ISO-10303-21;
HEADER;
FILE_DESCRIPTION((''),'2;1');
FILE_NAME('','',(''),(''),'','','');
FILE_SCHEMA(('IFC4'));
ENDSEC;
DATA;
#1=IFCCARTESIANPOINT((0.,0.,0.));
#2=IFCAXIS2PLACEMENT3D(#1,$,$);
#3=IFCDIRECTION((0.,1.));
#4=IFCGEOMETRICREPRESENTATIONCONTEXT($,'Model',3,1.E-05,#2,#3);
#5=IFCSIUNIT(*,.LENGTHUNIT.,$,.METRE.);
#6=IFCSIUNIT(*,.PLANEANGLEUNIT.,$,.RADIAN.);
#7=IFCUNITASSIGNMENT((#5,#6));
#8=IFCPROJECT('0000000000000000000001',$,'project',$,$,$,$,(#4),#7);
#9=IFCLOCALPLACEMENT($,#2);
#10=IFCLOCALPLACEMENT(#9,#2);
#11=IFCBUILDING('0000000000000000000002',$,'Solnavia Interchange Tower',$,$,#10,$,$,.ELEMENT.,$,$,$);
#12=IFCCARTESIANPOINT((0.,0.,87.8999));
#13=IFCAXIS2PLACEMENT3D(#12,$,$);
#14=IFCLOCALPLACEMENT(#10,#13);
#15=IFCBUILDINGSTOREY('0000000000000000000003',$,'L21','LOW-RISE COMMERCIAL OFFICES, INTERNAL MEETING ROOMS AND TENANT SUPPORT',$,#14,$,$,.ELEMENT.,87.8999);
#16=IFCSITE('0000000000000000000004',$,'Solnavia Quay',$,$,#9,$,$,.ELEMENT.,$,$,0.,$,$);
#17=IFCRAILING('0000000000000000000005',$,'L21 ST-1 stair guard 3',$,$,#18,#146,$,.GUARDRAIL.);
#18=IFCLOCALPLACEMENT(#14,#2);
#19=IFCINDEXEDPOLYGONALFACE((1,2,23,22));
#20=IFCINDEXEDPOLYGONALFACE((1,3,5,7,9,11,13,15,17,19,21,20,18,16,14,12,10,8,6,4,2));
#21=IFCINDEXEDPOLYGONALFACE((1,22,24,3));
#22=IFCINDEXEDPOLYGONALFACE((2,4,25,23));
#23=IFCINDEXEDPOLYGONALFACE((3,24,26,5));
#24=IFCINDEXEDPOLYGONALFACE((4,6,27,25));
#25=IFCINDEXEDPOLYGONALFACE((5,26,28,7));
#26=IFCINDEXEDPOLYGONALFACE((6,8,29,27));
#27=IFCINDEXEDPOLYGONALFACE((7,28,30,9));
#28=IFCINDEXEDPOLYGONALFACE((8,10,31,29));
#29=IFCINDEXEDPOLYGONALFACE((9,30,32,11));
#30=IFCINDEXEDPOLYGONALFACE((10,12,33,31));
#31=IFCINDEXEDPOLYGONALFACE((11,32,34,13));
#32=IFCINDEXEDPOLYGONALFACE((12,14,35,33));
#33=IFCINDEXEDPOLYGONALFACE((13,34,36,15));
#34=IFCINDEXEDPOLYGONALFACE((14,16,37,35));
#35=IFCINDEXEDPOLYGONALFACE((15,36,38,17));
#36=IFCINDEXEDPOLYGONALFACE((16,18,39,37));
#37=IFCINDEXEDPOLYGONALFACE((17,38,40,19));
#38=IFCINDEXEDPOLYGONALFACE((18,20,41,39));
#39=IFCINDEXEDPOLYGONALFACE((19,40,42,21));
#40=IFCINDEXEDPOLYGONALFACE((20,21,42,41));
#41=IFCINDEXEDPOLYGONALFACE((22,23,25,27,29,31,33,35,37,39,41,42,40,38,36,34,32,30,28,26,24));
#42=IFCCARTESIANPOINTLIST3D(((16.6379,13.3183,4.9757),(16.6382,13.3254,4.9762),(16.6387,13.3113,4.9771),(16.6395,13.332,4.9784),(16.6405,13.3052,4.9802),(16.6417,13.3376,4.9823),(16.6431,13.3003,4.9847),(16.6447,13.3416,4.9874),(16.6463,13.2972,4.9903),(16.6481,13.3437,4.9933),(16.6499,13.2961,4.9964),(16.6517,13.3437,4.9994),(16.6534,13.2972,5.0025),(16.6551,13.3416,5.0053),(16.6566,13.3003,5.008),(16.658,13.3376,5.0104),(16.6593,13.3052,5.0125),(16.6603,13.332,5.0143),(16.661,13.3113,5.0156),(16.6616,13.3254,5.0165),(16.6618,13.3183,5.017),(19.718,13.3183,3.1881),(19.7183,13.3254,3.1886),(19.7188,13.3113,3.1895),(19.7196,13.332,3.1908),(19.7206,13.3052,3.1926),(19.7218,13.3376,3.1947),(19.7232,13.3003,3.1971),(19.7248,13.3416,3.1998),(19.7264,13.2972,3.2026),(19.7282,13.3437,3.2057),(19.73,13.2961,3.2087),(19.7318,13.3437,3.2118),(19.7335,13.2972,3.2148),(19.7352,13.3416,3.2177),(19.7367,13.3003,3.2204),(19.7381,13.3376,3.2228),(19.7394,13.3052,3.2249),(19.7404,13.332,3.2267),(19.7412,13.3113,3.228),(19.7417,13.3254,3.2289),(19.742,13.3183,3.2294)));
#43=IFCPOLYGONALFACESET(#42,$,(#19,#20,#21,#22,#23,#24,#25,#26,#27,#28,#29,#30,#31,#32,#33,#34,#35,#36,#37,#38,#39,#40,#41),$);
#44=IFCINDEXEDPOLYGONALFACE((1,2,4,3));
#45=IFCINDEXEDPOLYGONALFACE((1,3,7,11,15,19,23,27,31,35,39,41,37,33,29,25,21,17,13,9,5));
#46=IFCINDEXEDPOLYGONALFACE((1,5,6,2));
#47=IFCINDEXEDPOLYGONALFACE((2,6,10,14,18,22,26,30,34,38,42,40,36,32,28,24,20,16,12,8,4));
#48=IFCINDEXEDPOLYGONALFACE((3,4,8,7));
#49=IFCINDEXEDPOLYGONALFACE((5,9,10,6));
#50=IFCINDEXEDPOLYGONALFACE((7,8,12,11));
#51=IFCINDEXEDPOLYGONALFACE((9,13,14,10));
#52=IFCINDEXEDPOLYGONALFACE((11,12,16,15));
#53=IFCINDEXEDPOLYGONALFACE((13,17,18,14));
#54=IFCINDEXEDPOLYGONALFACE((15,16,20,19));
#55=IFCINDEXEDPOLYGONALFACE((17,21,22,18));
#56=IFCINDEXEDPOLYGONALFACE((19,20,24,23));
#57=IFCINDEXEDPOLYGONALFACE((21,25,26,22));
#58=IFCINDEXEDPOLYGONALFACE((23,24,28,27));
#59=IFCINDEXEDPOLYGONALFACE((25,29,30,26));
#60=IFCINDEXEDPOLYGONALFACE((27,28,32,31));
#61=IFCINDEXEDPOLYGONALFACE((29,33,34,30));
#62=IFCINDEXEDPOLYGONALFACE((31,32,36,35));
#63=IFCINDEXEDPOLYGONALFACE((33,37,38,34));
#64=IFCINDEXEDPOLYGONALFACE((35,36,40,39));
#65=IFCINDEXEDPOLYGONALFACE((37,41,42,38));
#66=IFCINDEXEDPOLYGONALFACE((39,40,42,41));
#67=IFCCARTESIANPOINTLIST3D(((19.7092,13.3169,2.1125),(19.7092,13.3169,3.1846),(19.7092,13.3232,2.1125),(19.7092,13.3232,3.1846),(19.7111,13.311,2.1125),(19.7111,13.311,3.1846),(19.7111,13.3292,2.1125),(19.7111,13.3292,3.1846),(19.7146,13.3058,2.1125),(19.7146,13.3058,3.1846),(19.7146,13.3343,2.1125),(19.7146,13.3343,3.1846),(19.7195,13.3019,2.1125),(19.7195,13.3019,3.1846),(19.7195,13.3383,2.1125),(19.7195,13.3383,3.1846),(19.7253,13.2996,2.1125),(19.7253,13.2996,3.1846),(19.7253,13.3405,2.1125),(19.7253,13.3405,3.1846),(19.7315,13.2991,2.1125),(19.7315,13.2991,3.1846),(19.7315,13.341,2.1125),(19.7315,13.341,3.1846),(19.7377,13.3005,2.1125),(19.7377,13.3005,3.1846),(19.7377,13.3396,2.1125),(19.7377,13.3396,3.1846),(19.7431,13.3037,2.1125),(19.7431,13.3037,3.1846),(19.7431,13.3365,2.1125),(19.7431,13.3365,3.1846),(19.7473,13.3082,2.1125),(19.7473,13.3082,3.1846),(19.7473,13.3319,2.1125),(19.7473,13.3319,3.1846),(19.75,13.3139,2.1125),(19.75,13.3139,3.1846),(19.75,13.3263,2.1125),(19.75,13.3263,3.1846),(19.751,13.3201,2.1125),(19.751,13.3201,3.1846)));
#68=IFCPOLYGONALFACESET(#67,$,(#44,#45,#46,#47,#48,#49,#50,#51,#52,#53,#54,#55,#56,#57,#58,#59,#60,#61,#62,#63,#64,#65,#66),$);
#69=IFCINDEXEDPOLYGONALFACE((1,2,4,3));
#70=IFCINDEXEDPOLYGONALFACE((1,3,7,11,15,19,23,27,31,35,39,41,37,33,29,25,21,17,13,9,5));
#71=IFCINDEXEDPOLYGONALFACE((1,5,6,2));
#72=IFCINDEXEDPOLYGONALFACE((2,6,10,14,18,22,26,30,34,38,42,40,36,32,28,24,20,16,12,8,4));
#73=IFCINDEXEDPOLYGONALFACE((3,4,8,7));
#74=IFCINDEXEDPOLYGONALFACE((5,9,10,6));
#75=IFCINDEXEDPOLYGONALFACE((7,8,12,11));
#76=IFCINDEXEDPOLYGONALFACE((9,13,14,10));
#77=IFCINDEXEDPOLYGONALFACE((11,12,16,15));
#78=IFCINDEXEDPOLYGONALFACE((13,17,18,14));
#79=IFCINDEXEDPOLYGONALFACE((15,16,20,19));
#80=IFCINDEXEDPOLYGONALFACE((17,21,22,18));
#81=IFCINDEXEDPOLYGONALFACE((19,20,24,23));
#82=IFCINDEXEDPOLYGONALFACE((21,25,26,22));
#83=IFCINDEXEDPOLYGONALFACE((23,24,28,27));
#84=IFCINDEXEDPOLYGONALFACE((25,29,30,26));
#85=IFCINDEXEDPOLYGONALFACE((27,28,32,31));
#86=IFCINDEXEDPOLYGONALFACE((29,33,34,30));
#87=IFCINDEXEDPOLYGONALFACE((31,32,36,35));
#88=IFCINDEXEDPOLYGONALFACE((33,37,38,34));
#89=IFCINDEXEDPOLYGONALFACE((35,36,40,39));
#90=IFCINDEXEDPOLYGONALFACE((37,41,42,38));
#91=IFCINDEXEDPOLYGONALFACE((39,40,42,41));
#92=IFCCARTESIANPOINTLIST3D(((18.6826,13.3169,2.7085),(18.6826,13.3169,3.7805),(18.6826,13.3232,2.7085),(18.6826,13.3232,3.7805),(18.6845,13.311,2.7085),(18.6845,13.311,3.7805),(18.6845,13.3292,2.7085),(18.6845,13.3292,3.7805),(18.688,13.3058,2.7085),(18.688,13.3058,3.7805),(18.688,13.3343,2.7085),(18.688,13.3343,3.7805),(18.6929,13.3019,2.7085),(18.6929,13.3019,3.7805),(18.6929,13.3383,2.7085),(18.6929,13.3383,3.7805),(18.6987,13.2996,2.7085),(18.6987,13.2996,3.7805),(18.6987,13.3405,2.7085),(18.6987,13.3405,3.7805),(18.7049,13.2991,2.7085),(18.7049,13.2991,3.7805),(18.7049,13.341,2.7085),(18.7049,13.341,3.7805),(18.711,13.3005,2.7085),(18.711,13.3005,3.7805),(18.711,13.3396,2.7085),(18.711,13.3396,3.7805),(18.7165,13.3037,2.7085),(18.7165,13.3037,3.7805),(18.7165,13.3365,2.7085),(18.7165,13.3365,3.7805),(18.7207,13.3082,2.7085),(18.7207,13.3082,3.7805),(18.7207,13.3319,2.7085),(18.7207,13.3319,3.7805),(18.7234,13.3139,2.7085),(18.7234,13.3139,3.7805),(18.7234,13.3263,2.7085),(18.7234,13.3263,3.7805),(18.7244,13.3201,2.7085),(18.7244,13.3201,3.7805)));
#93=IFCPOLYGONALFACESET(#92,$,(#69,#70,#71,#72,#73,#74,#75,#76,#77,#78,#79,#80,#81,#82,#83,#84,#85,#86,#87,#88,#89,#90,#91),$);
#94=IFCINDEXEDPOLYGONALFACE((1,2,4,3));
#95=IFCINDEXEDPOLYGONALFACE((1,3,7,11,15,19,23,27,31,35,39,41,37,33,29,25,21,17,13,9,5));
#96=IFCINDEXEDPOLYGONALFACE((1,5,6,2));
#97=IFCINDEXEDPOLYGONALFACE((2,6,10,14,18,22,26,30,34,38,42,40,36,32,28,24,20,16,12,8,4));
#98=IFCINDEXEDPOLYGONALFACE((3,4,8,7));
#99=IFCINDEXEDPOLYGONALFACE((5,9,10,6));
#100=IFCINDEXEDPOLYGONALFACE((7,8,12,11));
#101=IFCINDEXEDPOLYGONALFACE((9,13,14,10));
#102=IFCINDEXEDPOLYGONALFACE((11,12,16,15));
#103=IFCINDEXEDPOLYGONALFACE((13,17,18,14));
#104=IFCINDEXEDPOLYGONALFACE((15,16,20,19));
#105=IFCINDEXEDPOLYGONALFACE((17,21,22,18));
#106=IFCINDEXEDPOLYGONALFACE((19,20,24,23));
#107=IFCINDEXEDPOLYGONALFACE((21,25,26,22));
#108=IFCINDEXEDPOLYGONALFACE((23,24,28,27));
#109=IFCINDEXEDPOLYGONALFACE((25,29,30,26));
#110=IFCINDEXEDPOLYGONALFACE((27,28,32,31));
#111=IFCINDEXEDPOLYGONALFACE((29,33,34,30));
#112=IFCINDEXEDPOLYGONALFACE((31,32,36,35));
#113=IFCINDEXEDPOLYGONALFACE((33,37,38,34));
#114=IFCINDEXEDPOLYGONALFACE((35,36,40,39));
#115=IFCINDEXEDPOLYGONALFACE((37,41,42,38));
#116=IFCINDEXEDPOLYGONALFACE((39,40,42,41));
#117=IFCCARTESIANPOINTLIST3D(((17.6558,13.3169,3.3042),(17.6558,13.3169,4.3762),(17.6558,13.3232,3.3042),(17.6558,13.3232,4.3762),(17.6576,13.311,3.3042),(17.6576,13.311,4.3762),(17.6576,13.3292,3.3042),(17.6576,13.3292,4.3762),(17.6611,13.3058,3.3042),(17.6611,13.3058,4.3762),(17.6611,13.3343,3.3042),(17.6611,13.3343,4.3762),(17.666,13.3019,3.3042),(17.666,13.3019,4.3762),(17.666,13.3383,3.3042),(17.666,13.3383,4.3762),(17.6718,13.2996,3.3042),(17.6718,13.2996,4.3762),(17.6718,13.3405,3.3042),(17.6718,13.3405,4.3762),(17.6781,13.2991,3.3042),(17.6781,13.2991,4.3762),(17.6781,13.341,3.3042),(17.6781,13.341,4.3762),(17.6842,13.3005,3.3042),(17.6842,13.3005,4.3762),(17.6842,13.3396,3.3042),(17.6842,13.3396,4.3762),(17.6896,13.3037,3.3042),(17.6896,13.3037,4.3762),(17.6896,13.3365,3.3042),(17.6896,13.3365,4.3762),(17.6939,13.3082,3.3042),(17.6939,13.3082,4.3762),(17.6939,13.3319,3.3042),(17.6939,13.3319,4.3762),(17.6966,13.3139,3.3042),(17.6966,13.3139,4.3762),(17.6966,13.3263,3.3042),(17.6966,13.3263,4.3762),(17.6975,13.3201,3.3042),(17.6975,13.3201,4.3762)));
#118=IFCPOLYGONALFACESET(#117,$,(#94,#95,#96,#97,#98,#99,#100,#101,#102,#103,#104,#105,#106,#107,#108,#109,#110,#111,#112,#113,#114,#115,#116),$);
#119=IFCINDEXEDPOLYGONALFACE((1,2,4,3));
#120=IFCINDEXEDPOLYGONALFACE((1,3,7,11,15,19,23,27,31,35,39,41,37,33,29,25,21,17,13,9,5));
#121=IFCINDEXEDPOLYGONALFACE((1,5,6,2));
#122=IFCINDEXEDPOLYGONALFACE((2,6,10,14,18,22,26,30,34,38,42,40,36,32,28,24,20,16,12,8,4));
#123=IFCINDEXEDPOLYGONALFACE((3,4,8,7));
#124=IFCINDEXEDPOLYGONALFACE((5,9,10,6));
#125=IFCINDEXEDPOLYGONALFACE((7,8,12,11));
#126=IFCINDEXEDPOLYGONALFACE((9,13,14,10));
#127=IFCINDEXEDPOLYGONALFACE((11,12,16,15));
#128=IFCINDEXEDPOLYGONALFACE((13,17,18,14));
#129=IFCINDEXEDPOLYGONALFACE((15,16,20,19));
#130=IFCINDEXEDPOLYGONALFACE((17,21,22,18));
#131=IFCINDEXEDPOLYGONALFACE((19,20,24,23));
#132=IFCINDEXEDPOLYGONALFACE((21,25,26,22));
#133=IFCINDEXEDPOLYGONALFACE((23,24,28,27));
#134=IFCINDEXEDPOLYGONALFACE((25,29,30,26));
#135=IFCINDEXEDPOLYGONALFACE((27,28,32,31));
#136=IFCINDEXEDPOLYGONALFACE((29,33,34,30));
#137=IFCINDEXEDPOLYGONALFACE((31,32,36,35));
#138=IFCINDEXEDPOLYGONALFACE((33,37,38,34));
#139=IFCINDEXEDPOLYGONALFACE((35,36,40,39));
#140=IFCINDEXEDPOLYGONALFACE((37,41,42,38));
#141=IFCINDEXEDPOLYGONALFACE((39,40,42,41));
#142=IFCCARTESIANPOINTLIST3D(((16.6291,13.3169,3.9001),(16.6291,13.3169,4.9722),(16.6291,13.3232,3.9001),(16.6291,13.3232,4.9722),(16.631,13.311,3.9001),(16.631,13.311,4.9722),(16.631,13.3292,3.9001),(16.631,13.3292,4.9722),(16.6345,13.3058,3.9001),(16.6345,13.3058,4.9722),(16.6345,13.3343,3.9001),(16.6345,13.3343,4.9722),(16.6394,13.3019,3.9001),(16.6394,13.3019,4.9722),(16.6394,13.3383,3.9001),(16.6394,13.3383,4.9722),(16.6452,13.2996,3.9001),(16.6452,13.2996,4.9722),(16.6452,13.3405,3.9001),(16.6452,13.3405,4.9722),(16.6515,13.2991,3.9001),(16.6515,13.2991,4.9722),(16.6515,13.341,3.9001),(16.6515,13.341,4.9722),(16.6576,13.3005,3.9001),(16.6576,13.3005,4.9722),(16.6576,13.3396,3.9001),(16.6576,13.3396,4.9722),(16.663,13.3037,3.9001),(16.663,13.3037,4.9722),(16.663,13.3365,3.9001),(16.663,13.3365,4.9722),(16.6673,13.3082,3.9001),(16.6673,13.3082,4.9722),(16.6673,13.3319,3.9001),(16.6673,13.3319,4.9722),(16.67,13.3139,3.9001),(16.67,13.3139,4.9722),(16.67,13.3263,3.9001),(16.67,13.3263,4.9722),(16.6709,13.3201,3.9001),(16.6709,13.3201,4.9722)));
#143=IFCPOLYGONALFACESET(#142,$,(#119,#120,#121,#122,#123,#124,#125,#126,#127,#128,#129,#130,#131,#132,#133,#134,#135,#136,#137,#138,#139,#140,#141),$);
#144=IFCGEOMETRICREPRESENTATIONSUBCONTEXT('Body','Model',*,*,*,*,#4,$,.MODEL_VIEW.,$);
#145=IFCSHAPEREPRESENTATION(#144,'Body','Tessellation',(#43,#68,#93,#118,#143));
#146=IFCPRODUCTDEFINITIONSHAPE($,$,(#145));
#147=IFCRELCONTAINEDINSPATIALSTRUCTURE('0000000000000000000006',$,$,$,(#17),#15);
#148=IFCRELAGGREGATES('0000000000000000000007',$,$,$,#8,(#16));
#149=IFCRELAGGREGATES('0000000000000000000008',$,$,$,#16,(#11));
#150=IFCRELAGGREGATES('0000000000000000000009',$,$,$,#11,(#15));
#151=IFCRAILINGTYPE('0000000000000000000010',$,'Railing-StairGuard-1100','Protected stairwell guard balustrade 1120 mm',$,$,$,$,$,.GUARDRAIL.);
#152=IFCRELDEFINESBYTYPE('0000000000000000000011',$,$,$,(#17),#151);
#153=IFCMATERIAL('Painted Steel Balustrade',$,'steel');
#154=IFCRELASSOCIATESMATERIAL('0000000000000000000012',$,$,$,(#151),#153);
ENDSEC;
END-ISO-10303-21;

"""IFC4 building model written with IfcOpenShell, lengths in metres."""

from ifc_helpers import new_model, si_unit, direction, frame, origin, origin_2d, place, context, subcontext, project, spatial, circle, extrude, material, type_object, element, save


model = new_model("IFC4")

# Units and contexts
model_context = context("Model", 3, precision=1e-05, world=origin(), true_north=direction((0.0, 1.0)))
body_context = subcontext(model_context, "Body", "Model", "MODEL_VIEW")
ifc_project = project(units=[si_unit("LENGTHUNIT", "METRE"), si_unit("PLANEANGLEUNIT", "RADIAN")], contexts=[model_context])

# Site, building, storey
site_placement = place(None, origin())
site = spatial("IfcSite", under=ifc_project, at=site_placement, Name="Solnavia Quay", CompositionType="ELEMENT", RefElevation=0.0)
building_placement = place(site_placement, origin())
building = spatial("IfcBuilding", under=site, at=building_placement, Name="Solnavia Interchange Tower", CompositionType="ELEMENT")
storey_placement = place(building_placement, frame((0.0, 0.0, 87.8999)))
storey = spatial("IfcBuildingStorey", under=building, at=storey_placement, Name="L21", Description="LOW-RISE COMMERCIAL OFFICES, INTERNAL MEETING ROOMS AND TENANT SUPPORT", CompositionType="ELEMENT", Elevation=87.8999)

# Railing
ifc_material_1 = material(Name="Painted Steel Balustrade", Category="steel")
railing_type_1 = type_object("IfcRailingType", Name="Railing-StairGuard-1100", Description="Protected stairwell guard balustrade 1120 mm", PredefinedType="GUARDRAIL", material=ifc_material_1)
railing_1_placement = place(storey_placement, frame((19.73, 13.3201, 2.1125)))
element("IfcRailing", 1, at=railing_1_placement, inside=storey, type_object=railing_type_1, Name="L21 ST-1 stair guard 3", PredefinedType="GUARDRAIL", context=body_context, shape_type="SweptSolid", body=[
    extrude(circle(Radius=0.0239, at=origin_2d()), frame((0.0, 0.0, 1.0962), z_axis=(-0.864891, 0.0, 0.50196), x_axis=(0.0, -1.0, 0.0)), (0.0, 0.0, 1.0), 3.5613),
    extrude(circle(Radius=0.021, at=origin_2d()), origin(), (0.0, 0.0, 1.0), 1.072),
    extrude(circle(Radius=0.021, at=origin_2d()), frame((-1.0266, 0.0, 0.5959)), (0.0, 0.0, 1.0), 1.072),
    extrude(circle(Radius=0.021, at=origin_2d()), frame((-2.0535, 0.0, 1.1917)), (0.0, 0.0, 1.0), 1.072),
    extrude(circle(Radius=0.021, at=origin_2d()), frame((-3.0801, 0.0, 1.7876)), (0.0, 0.0, 1.0), 1.072),
])

save(model, "model.ifc")
